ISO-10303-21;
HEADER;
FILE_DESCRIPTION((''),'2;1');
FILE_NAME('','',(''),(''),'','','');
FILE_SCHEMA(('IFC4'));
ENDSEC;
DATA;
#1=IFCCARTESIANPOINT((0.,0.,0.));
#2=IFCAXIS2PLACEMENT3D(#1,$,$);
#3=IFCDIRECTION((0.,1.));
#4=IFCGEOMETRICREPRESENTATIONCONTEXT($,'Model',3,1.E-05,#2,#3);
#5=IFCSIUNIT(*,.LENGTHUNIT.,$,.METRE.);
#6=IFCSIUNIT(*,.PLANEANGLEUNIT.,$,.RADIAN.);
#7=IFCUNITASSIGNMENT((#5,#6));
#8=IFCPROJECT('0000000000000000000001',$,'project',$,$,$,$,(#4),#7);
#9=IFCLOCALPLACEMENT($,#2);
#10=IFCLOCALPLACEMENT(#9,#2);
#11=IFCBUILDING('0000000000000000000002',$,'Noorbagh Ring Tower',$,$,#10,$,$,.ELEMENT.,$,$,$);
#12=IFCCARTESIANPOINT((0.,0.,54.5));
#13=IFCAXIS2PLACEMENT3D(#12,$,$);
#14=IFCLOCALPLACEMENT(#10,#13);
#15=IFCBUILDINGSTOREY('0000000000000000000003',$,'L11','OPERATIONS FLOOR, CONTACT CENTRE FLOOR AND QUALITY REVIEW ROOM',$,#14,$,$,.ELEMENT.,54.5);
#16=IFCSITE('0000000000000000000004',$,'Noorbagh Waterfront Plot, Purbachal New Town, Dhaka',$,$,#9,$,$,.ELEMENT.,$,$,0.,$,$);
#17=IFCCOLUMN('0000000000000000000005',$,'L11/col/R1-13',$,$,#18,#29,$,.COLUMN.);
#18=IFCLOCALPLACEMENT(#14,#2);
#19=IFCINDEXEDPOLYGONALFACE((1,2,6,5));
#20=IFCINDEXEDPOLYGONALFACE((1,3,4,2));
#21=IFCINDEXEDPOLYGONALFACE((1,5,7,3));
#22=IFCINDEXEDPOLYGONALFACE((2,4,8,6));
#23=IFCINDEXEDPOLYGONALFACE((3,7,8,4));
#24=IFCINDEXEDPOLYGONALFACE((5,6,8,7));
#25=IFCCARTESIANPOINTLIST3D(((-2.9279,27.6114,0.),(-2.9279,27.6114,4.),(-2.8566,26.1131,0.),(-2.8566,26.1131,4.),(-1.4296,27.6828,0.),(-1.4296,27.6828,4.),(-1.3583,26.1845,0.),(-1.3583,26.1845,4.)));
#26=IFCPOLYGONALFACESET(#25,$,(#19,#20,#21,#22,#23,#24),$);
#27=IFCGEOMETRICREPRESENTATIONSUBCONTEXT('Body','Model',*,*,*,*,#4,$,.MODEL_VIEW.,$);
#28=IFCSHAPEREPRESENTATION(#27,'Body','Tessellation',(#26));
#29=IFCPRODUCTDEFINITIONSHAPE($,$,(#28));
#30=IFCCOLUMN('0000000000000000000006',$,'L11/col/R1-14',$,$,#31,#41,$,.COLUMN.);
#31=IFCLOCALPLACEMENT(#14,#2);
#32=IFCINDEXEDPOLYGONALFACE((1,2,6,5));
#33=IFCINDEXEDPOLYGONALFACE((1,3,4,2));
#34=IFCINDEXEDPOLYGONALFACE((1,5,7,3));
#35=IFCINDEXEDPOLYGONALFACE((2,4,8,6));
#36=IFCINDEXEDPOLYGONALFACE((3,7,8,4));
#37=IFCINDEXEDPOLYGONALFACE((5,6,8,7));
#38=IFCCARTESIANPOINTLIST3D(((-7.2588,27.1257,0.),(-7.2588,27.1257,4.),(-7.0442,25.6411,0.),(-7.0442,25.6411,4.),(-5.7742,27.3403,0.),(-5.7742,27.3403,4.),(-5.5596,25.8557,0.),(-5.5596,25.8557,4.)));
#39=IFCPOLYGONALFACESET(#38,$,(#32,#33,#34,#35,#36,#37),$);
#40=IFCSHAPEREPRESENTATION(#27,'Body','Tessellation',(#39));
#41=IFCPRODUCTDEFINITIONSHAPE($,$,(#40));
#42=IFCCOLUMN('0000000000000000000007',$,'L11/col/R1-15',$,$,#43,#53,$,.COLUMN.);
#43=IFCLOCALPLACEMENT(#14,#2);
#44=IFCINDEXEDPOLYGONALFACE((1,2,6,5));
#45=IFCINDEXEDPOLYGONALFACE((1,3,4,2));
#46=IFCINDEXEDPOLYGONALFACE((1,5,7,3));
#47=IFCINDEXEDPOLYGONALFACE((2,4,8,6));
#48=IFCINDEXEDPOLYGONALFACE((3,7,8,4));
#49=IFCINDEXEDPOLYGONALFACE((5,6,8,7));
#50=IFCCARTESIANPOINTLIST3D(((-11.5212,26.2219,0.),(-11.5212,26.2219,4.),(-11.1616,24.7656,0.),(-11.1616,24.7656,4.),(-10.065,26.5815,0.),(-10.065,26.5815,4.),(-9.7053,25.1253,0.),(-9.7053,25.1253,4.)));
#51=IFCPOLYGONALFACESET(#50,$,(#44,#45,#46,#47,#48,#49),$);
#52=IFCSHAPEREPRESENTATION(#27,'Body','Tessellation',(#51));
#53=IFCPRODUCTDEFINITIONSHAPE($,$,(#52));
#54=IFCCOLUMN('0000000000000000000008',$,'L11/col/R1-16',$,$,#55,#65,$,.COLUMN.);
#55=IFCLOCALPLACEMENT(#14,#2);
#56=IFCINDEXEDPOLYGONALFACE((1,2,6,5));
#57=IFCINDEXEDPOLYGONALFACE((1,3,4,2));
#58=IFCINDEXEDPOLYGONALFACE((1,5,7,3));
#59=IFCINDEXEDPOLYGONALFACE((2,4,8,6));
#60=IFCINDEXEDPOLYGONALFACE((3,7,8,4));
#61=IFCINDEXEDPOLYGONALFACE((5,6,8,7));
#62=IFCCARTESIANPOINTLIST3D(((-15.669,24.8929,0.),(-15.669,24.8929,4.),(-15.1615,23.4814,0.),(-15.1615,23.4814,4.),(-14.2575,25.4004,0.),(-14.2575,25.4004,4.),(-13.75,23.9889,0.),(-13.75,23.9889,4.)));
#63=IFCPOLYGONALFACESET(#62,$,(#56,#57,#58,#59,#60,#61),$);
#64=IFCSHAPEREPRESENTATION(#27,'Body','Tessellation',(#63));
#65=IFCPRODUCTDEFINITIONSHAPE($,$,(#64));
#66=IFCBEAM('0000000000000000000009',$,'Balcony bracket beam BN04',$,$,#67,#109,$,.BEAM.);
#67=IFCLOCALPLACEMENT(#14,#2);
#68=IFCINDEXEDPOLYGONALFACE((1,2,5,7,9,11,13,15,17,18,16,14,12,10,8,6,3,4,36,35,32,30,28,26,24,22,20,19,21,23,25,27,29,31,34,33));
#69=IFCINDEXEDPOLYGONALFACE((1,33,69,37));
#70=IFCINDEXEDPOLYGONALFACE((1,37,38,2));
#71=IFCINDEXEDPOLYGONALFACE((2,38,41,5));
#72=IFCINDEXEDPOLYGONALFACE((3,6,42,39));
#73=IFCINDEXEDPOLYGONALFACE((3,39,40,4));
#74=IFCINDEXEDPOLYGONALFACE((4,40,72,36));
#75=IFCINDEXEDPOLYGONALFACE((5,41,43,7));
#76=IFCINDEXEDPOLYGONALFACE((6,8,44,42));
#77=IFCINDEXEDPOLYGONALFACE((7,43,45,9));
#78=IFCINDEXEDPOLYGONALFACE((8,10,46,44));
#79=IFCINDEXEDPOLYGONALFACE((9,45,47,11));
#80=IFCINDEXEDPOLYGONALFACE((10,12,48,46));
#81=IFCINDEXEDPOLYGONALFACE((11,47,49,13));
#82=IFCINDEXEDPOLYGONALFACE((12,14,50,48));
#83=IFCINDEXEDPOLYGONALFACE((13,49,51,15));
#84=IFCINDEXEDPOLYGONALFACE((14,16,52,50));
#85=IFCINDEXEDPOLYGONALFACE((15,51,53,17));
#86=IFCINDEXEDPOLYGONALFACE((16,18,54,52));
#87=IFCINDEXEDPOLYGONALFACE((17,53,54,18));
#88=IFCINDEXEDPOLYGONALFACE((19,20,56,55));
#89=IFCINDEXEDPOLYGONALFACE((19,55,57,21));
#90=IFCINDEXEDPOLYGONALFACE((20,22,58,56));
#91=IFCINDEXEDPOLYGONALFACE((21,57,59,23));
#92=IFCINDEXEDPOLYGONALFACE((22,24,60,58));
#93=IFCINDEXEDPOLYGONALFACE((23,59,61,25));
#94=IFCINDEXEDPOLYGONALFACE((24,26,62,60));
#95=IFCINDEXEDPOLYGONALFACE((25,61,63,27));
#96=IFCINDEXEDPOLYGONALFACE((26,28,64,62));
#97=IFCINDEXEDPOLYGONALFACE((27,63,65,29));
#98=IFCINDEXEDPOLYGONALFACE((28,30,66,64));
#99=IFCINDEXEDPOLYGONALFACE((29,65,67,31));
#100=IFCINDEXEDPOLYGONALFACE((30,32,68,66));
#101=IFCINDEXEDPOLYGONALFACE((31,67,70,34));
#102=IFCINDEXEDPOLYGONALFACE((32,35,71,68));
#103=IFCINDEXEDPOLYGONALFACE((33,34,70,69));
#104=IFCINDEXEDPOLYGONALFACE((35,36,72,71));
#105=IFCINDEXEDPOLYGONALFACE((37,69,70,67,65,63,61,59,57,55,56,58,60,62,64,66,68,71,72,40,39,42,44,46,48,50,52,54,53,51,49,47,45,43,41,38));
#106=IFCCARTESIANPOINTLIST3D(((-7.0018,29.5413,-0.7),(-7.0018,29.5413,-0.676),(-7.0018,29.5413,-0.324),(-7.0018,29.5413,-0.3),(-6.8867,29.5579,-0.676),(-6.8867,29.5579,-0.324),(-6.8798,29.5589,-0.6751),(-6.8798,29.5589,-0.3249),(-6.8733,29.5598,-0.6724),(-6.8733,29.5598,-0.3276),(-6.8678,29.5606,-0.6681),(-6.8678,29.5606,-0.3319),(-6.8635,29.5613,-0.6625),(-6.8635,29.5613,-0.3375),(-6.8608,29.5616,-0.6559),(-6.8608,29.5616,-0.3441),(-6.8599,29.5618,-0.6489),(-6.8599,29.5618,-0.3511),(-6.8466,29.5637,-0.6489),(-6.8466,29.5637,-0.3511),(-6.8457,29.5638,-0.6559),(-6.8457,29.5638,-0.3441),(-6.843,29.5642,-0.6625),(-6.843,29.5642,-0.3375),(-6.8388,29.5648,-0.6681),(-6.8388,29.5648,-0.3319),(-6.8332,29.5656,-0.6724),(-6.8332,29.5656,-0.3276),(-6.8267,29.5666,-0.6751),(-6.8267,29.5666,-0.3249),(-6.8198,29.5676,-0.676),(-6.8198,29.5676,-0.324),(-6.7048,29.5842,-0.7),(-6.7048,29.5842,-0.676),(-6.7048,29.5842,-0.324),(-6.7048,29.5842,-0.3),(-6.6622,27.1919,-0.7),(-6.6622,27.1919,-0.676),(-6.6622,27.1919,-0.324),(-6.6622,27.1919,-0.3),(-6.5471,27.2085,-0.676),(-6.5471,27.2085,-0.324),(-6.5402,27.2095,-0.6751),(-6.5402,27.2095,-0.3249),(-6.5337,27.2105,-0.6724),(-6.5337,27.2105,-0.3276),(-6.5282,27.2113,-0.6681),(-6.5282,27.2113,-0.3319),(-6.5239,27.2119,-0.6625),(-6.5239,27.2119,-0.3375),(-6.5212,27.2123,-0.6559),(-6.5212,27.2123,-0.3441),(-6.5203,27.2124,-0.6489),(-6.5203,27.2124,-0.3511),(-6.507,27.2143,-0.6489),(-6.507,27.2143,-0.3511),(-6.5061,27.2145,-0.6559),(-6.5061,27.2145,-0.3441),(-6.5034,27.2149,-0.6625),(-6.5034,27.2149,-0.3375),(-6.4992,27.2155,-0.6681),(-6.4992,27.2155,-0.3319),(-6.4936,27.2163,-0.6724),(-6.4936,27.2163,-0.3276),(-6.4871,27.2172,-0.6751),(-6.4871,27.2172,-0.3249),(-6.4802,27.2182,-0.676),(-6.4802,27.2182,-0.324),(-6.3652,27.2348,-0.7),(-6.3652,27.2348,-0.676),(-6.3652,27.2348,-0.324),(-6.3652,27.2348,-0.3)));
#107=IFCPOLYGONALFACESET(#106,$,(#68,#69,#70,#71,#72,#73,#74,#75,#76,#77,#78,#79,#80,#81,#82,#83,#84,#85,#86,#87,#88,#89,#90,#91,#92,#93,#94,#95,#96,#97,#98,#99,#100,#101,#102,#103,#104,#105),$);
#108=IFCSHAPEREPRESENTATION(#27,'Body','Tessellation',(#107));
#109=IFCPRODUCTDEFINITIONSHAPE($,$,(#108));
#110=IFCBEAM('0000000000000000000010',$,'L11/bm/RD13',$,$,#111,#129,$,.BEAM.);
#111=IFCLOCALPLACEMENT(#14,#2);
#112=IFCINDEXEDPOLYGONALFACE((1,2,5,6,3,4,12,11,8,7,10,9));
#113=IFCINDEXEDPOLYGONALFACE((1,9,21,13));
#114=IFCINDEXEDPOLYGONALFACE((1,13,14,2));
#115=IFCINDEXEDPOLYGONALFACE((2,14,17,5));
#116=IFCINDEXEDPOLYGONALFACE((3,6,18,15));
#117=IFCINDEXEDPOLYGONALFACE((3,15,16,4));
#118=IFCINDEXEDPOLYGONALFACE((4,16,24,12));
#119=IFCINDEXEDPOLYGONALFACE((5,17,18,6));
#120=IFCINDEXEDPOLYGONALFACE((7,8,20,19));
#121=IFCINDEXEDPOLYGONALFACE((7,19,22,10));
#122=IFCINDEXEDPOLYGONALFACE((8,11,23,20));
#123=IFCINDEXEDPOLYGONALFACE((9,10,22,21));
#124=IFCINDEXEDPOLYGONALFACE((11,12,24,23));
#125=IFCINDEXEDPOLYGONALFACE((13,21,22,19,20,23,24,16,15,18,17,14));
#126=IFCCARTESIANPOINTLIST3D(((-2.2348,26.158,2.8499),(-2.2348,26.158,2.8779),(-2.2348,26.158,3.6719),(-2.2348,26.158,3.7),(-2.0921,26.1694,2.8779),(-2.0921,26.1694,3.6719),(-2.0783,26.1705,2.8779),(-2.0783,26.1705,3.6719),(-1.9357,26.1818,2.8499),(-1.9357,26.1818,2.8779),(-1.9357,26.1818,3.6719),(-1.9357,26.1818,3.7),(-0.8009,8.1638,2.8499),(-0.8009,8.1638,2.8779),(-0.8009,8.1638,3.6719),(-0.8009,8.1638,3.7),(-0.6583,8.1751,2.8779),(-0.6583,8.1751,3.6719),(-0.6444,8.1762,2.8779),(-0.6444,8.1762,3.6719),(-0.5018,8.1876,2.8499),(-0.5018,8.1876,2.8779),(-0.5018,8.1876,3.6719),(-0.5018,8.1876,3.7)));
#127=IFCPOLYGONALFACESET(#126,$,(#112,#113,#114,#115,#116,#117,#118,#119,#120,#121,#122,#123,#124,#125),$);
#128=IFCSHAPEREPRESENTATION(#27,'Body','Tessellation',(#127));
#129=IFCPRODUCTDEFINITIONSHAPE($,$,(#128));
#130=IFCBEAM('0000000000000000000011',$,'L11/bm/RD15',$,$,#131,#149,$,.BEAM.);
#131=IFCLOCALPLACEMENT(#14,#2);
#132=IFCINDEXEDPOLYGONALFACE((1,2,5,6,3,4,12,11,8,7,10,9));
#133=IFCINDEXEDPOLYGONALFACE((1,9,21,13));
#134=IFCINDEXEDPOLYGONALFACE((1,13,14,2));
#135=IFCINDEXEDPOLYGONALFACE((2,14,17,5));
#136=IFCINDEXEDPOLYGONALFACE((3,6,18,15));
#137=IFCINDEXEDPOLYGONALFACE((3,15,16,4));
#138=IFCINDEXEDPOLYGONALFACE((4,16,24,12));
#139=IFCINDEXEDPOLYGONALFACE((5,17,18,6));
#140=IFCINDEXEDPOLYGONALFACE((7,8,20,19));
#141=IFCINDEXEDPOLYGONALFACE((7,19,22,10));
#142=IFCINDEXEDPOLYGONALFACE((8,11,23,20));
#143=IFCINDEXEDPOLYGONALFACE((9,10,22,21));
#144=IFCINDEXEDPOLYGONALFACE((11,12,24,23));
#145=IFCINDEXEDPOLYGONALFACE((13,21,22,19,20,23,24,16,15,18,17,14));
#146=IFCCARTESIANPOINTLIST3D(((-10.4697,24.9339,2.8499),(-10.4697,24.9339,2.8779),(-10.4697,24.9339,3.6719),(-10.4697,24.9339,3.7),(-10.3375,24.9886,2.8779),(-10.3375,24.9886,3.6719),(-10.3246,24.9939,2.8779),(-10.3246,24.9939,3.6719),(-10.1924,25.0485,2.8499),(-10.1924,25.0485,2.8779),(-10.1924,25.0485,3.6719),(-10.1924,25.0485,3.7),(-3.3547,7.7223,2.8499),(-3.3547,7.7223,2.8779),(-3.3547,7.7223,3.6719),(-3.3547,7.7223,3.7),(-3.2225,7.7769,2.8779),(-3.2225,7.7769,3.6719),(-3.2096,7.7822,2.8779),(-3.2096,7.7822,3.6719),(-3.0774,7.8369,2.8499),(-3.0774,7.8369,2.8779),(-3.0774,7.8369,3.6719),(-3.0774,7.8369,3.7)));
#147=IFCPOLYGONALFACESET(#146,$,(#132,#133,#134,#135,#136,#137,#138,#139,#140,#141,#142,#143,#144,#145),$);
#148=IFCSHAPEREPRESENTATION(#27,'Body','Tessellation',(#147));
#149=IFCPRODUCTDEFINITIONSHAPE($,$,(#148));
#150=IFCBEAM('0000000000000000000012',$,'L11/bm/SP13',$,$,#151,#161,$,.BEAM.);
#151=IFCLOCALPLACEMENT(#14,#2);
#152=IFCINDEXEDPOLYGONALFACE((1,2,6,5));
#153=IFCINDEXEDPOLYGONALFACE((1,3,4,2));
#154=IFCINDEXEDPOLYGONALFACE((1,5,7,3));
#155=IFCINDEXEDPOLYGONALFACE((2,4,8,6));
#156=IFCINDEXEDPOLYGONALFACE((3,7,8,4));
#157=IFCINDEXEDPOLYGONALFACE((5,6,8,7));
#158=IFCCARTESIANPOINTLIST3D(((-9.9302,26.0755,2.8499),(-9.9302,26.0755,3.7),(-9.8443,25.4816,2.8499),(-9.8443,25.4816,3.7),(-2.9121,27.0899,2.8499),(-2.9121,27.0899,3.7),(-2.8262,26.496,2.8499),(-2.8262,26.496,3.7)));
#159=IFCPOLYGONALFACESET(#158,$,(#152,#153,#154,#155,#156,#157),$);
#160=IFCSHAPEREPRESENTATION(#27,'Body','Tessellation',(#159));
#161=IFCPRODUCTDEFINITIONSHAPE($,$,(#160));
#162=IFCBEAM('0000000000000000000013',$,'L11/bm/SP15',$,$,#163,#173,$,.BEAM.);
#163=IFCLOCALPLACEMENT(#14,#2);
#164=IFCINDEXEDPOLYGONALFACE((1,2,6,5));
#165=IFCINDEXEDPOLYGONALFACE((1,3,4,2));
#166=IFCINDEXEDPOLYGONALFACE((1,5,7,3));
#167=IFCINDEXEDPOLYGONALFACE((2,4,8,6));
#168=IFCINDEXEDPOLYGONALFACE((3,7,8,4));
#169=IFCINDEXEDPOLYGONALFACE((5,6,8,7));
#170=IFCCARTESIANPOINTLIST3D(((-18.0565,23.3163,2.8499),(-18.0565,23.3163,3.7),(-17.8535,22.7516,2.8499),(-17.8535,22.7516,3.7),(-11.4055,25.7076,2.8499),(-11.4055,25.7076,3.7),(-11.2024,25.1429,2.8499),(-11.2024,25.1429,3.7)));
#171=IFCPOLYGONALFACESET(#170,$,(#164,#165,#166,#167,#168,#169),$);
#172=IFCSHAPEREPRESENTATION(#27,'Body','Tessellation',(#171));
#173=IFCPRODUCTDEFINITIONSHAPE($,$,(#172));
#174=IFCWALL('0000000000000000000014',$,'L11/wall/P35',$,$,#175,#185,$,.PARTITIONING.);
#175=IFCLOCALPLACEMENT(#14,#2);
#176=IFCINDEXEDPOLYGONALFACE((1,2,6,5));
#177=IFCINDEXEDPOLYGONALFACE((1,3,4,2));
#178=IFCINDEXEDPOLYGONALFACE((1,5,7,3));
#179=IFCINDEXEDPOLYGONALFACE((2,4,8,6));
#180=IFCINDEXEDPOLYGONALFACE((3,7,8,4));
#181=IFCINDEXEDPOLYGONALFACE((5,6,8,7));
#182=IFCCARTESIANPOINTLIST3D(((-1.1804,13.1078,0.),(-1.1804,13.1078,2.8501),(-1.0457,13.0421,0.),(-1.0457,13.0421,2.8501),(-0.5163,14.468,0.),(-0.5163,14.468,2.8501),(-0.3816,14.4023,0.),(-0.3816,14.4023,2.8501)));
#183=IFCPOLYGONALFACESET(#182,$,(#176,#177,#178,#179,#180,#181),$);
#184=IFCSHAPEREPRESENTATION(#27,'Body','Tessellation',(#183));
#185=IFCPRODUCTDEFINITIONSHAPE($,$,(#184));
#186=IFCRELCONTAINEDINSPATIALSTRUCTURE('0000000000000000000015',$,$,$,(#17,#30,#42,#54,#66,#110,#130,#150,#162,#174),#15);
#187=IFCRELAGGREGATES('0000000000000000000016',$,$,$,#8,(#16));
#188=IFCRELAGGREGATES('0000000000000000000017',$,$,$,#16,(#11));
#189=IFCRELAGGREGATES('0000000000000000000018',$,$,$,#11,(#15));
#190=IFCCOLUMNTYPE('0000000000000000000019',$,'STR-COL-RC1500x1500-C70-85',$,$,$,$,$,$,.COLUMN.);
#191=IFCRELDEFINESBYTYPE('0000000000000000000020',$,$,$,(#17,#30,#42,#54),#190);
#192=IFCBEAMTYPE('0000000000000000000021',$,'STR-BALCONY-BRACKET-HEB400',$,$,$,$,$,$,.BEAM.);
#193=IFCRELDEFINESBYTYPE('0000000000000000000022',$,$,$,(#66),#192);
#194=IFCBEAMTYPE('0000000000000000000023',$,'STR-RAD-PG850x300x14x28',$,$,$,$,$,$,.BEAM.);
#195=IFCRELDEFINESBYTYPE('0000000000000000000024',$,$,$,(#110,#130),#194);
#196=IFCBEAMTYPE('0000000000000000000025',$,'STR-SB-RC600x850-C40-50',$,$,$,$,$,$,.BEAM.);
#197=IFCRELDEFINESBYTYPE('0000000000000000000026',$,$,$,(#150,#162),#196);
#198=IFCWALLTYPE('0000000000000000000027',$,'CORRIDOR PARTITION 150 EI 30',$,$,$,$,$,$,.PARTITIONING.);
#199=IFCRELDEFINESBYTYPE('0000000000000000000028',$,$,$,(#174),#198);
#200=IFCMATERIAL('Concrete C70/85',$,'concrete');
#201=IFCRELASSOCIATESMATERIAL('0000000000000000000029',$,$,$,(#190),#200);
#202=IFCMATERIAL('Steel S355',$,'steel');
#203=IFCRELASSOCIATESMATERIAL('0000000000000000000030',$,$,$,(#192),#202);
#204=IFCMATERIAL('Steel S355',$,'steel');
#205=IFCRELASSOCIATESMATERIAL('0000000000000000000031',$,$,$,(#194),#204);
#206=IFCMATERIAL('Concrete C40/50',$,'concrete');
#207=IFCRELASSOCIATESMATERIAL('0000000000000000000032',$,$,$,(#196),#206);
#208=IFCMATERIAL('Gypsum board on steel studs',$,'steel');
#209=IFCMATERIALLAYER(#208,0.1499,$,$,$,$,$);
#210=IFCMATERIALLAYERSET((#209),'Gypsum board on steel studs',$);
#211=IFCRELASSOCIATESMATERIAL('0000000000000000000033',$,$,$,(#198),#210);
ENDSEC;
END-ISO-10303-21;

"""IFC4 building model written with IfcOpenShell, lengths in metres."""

from ifc_helpers import new_model, si_unit, direction, frame, frame_2d, origin, origin_2d, place, context, subcontext, project, spatial, rectangle, i_section, extrude, material, layer, layer_set, material_profile, profile_set, type_object, element, save


model = new_model("IFC4")

# Units and contexts
model_context = context("Model", 3, precision=1e-05, world=origin(), true_north=direction((0.0, 1.0)))
body_context = subcontext(model_context, "Body", "Model", "MODEL_VIEW")
ifc_project = project(units=[si_unit("LENGTHUNIT", "METRE"), si_unit("PLANEANGLEUNIT", "RADIAN")], contexts=[model_context])

# Site, building, storey
site_placement = place(None, origin())
site = spatial("IfcSite", under=ifc_project, at=site_placement, Name="Noorbagh Waterfront Plot, Purbachal New Town, Dhaka", CompositionType="ELEMENT", RefElevation=0.0)
building_placement = place(site_placement, origin())
building = spatial("IfcBuilding", under=site, at=building_placement, Name="Noorbagh Ring Tower", CompositionType="ELEMENT")
storey_placement = place(building_placement, frame((0.0, 0.0, 54.5)))
storey = spatial("IfcBuildingStorey", under=building, at=storey_placement, Name="L11", Description="OPERATIONS FLOOR, CONTACT CENTRE FLOOR AND QUALITY REVIEW ROOM", CompositionType="ELEMENT", Elevation=54.5)

# Columns
ifc_material_1 = material(Name="Concrete C70/85", Category="concrete")
ifc_material_profile_1 = material_profile(ifc_material_1, rectangle(XDim=1.5, YDim=1.5, at=origin_2d()), Name="RC1500x1500")
ifc_profile_set_1 = profile_set([ifc_material_profile_1], Name="Concrete C70/85")
column_type = type_object("IfcColumnType", Name="STR-COL-RC1500x1500-C70-85", PredefinedType="COLUMN", material=ifc_profile_set_1)
for number, where, z_axis, x_axis, name in (
    (1, (-2.1431, 26.8979, 0.0), (0.0, 0.0, 1.0), (-0.998869, -0.047553, 0.0), "L11/col/R1-13"),
    (2, (-6.4092, 26.4907, 0.0), (0.0, 0.0, 1.0), (-0.989713, -0.143066, 0.0), "L11/col/R1-14"),
    (3, (-10.6133, 25.6736, 0.0), (0.0, 0.0, 1.0), (-0.970829, -0.239771, 0.0), "L11/col/R1-15"),
    (4, (-14.7095, 24.4409, 0.0), (0.0, 0.0, 1.0), (-0.941025, -0.338338, 0.0), "L11/col/R1-16"),
):
    element("IfcColumn", number, at=place(storey_placement, frame(where, z_axis=z_axis, x_axis=x_axis)), inside=storey, type_object=column_type, Name=name, PredefinedType="COLUMN", context=body_context, shape_type="SweptSolid", body=[
        extrude(rectangle(XDim=1.5, YDim=1.5, at=origin_2d()), origin(), (0.0, 0.0, 1.0), 4.0),
    ])

# Beams
ifc_material_2 = material(Name="Steel S355", Category="steel")
ifc_material_profile_2 = material_profile(ifc_material_2, i_section(OverallWidth=0.3, OverallDepth=0.3999, WebThickness=0.0134, FlangeThickness=0.0239, FilletRadius=0.0271, at=origin_2d()), Name="HEB400")
ifc_profile_set_2 = profile_set([ifc_material_profile_2], Name="Steel S355")
beam_type_1 = type_object("IfcBeamType", Name="STR-BALCONY-BRACKET-HEB400", PredefinedType="BEAM", material=ifc_profile_set_2)
beam_1_placement = place(storey_placement, frame((-6.5137, 27.2134, -0.5), z_axis=(-0.143063, 0.989714, 0.0), x_axis=(-0.989714, -0.143063, 0.0)))
element("IfcBeam", 5, at=beam_1_placement, inside=storey, type_object=beam_type_1, Name="Balcony bracket beam BN04", PredefinedType="BEAM", context=body_context, shape_type="SweptSolid", body=[
    extrude(i_section(OverallWidth=0.3, OverallDepth=0.3999, WebThickness=0.0134, FlangeThickness=0.0239, FilletRadius=0.0271, at=origin_2d()), origin(), (0.0, 0.0, 1.0), 2.3738),
])
ifc_material_3 = material(Name="Steel S355", Category="steel")
ifc_material_profile_3 = material_profile(ifc_material_3, i_section(OverallWidth=0.3, OverallDepth=0.8501, WebThickness=0.0139, FlangeThickness=0.0281, at=origin_2d()), Name="PG850x300x14x28")
ifc_profile_set_3 = profile_set([ifc_material_profile_3], Name="Steel S355")
beam_type_2 = type_object("IfcBeamType", Name="STR-RAD-PG850x300x14x28", PredefinedType="BEAM", material=ifc_profile_set_3)
beam_2_placement = place(storey_placement, frame((-2.0852, 26.1699, 3.2749), z_axis=(0.079432, -0.99684, 0.0), x_axis=(0.99684, 0.079432, 0.0)))
element("IfcBeam", 6, at=beam_2_placement, inside=storey, type_object=beam_type_2, Name="L11/bm/RD13", PredefinedType="BEAM", context=body_context, shape_type="SweptSolid", body=[
    extrude(i_section(OverallWidth=0.3, OverallDepth=0.8501, WebThickness=0.0139, FlangeThickness=0.0281, at=origin_2d()), origin(), (0.0, 0.0, 1.0), 18.0513),
])
beam_3_placement = place(storey_placement, frame((-10.3311, 24.9912, 3.2749), z_axis=(0.382027, -0.924151, 0.0), x_axis=(0.924151, 0.382027, 0.0)))
element("IfcBeam", 7, at=beam_3_placement, inside=storey, type_object=beam_type_2, Name="L11/bm/RD15", PredefinedType="BEAM", context=body_context, shape_type="SweptSolid", body=[
    extrude(i_section(OverallWidth=0.3, OverallDepth=0.8501, WebThickness=0.0139, FlangeThickness=0.0281, at=origin_2d()), origin(), (0.0, 0.0, 1.0), 18.6243),
])
ifc_material_4 = material(Name="Concrete C40/50", Category="concrete")
ifc_material_profile_4 = material_profile(ifc_material_4, rectangle(XDim=0.6001, YDim=0.8501, at=origin_2d()), Name="RC600x850")
ifc_profile_set_4 = profile_set([ifc_material_profile_4], Name="Concrete C40/50")
beam_type_3 = type_object("IfcBeamType", Name="STR-SB-RC600x850-C40-50", PredefinedType="BEAM", material=ifc_profile_set_4)
beam_4_placement = place(storey_placement, frame((-2.8691, 26.793, 3.2749), z_axis=(-0.989715, -0.143055, 0.0), x_axis=(0.143055, -0.989715, 0.0)))
element("IfcBeam", 8, at=beam_4_placement, inside=storey, type_object=beam_type_3, Name="L11/bm/SP13", PredefinedType="BEAM", context=body_context, shape_type="SweptSolid", body=[
    extrude(rectangle(XDim=0.6001, YDim=0.8501, at=origin_2d()), origin(), (0.0, 0.0, 1.0), 7.0911),
])
beam_5_placement = place(storey_placement, frame((-11.304, 25.4253, 3.2749), z_axis=(-0.941025, -0.338338, 0.0), x_axis=(0.338338, -0.941025, 0.0)))
element("IfcBeam", 9, at=beam_5_placement, inside=storey, type_object=beam_type_3, Name="L11/bm/SP15", PredefinedType="BEAM", context=body_context, shape_type="SweptSolid", body=[
    extrude(rectangle(XDim=0.6001, YDim=0.8501, at=origin_2d()), origin(), (0.0, 0.0, 1.0), 7.0679),
])

# Wall
ifc_material_5 = material(Name="Gypsum board on steel studs", Category="steel")
ifc_layer_1 = layer(ifc_material_5, 0.1499)
ifc_layer_set_1 = layer_set([ifc_layer_1], Name="Gypsum board on steel studs")
wall_type_1 = type_object("IfcWallType", Name="CORRIDOR PARTITION 150 EI 30", PredefinedType="PARTITIONING", material=ifc_layer_set_1)
wall_1_placement = place(storey_placement, frame((-1.113, 13.075, 0.0), z_axis=(0.0, 0.0, 1.0), x_axis=(0.438741, 0.898613, 0.0)))
element("IfcWall", 10, at=wall_1_placement, inside=storey, type_object=wall_type_1, Name="L11/wall/P35", PredefinedType="PARTITIONING", context=body_context, shape_type="SweptSolid", body=[
    extrude(rectangle(XDim=1.5137, YDim=0.1499, at=frame_2d((0.7568, 0.0))), origin(), (0.0, 0.0, 1.0), 2.8501),
])

save(model, "model.ifc")
